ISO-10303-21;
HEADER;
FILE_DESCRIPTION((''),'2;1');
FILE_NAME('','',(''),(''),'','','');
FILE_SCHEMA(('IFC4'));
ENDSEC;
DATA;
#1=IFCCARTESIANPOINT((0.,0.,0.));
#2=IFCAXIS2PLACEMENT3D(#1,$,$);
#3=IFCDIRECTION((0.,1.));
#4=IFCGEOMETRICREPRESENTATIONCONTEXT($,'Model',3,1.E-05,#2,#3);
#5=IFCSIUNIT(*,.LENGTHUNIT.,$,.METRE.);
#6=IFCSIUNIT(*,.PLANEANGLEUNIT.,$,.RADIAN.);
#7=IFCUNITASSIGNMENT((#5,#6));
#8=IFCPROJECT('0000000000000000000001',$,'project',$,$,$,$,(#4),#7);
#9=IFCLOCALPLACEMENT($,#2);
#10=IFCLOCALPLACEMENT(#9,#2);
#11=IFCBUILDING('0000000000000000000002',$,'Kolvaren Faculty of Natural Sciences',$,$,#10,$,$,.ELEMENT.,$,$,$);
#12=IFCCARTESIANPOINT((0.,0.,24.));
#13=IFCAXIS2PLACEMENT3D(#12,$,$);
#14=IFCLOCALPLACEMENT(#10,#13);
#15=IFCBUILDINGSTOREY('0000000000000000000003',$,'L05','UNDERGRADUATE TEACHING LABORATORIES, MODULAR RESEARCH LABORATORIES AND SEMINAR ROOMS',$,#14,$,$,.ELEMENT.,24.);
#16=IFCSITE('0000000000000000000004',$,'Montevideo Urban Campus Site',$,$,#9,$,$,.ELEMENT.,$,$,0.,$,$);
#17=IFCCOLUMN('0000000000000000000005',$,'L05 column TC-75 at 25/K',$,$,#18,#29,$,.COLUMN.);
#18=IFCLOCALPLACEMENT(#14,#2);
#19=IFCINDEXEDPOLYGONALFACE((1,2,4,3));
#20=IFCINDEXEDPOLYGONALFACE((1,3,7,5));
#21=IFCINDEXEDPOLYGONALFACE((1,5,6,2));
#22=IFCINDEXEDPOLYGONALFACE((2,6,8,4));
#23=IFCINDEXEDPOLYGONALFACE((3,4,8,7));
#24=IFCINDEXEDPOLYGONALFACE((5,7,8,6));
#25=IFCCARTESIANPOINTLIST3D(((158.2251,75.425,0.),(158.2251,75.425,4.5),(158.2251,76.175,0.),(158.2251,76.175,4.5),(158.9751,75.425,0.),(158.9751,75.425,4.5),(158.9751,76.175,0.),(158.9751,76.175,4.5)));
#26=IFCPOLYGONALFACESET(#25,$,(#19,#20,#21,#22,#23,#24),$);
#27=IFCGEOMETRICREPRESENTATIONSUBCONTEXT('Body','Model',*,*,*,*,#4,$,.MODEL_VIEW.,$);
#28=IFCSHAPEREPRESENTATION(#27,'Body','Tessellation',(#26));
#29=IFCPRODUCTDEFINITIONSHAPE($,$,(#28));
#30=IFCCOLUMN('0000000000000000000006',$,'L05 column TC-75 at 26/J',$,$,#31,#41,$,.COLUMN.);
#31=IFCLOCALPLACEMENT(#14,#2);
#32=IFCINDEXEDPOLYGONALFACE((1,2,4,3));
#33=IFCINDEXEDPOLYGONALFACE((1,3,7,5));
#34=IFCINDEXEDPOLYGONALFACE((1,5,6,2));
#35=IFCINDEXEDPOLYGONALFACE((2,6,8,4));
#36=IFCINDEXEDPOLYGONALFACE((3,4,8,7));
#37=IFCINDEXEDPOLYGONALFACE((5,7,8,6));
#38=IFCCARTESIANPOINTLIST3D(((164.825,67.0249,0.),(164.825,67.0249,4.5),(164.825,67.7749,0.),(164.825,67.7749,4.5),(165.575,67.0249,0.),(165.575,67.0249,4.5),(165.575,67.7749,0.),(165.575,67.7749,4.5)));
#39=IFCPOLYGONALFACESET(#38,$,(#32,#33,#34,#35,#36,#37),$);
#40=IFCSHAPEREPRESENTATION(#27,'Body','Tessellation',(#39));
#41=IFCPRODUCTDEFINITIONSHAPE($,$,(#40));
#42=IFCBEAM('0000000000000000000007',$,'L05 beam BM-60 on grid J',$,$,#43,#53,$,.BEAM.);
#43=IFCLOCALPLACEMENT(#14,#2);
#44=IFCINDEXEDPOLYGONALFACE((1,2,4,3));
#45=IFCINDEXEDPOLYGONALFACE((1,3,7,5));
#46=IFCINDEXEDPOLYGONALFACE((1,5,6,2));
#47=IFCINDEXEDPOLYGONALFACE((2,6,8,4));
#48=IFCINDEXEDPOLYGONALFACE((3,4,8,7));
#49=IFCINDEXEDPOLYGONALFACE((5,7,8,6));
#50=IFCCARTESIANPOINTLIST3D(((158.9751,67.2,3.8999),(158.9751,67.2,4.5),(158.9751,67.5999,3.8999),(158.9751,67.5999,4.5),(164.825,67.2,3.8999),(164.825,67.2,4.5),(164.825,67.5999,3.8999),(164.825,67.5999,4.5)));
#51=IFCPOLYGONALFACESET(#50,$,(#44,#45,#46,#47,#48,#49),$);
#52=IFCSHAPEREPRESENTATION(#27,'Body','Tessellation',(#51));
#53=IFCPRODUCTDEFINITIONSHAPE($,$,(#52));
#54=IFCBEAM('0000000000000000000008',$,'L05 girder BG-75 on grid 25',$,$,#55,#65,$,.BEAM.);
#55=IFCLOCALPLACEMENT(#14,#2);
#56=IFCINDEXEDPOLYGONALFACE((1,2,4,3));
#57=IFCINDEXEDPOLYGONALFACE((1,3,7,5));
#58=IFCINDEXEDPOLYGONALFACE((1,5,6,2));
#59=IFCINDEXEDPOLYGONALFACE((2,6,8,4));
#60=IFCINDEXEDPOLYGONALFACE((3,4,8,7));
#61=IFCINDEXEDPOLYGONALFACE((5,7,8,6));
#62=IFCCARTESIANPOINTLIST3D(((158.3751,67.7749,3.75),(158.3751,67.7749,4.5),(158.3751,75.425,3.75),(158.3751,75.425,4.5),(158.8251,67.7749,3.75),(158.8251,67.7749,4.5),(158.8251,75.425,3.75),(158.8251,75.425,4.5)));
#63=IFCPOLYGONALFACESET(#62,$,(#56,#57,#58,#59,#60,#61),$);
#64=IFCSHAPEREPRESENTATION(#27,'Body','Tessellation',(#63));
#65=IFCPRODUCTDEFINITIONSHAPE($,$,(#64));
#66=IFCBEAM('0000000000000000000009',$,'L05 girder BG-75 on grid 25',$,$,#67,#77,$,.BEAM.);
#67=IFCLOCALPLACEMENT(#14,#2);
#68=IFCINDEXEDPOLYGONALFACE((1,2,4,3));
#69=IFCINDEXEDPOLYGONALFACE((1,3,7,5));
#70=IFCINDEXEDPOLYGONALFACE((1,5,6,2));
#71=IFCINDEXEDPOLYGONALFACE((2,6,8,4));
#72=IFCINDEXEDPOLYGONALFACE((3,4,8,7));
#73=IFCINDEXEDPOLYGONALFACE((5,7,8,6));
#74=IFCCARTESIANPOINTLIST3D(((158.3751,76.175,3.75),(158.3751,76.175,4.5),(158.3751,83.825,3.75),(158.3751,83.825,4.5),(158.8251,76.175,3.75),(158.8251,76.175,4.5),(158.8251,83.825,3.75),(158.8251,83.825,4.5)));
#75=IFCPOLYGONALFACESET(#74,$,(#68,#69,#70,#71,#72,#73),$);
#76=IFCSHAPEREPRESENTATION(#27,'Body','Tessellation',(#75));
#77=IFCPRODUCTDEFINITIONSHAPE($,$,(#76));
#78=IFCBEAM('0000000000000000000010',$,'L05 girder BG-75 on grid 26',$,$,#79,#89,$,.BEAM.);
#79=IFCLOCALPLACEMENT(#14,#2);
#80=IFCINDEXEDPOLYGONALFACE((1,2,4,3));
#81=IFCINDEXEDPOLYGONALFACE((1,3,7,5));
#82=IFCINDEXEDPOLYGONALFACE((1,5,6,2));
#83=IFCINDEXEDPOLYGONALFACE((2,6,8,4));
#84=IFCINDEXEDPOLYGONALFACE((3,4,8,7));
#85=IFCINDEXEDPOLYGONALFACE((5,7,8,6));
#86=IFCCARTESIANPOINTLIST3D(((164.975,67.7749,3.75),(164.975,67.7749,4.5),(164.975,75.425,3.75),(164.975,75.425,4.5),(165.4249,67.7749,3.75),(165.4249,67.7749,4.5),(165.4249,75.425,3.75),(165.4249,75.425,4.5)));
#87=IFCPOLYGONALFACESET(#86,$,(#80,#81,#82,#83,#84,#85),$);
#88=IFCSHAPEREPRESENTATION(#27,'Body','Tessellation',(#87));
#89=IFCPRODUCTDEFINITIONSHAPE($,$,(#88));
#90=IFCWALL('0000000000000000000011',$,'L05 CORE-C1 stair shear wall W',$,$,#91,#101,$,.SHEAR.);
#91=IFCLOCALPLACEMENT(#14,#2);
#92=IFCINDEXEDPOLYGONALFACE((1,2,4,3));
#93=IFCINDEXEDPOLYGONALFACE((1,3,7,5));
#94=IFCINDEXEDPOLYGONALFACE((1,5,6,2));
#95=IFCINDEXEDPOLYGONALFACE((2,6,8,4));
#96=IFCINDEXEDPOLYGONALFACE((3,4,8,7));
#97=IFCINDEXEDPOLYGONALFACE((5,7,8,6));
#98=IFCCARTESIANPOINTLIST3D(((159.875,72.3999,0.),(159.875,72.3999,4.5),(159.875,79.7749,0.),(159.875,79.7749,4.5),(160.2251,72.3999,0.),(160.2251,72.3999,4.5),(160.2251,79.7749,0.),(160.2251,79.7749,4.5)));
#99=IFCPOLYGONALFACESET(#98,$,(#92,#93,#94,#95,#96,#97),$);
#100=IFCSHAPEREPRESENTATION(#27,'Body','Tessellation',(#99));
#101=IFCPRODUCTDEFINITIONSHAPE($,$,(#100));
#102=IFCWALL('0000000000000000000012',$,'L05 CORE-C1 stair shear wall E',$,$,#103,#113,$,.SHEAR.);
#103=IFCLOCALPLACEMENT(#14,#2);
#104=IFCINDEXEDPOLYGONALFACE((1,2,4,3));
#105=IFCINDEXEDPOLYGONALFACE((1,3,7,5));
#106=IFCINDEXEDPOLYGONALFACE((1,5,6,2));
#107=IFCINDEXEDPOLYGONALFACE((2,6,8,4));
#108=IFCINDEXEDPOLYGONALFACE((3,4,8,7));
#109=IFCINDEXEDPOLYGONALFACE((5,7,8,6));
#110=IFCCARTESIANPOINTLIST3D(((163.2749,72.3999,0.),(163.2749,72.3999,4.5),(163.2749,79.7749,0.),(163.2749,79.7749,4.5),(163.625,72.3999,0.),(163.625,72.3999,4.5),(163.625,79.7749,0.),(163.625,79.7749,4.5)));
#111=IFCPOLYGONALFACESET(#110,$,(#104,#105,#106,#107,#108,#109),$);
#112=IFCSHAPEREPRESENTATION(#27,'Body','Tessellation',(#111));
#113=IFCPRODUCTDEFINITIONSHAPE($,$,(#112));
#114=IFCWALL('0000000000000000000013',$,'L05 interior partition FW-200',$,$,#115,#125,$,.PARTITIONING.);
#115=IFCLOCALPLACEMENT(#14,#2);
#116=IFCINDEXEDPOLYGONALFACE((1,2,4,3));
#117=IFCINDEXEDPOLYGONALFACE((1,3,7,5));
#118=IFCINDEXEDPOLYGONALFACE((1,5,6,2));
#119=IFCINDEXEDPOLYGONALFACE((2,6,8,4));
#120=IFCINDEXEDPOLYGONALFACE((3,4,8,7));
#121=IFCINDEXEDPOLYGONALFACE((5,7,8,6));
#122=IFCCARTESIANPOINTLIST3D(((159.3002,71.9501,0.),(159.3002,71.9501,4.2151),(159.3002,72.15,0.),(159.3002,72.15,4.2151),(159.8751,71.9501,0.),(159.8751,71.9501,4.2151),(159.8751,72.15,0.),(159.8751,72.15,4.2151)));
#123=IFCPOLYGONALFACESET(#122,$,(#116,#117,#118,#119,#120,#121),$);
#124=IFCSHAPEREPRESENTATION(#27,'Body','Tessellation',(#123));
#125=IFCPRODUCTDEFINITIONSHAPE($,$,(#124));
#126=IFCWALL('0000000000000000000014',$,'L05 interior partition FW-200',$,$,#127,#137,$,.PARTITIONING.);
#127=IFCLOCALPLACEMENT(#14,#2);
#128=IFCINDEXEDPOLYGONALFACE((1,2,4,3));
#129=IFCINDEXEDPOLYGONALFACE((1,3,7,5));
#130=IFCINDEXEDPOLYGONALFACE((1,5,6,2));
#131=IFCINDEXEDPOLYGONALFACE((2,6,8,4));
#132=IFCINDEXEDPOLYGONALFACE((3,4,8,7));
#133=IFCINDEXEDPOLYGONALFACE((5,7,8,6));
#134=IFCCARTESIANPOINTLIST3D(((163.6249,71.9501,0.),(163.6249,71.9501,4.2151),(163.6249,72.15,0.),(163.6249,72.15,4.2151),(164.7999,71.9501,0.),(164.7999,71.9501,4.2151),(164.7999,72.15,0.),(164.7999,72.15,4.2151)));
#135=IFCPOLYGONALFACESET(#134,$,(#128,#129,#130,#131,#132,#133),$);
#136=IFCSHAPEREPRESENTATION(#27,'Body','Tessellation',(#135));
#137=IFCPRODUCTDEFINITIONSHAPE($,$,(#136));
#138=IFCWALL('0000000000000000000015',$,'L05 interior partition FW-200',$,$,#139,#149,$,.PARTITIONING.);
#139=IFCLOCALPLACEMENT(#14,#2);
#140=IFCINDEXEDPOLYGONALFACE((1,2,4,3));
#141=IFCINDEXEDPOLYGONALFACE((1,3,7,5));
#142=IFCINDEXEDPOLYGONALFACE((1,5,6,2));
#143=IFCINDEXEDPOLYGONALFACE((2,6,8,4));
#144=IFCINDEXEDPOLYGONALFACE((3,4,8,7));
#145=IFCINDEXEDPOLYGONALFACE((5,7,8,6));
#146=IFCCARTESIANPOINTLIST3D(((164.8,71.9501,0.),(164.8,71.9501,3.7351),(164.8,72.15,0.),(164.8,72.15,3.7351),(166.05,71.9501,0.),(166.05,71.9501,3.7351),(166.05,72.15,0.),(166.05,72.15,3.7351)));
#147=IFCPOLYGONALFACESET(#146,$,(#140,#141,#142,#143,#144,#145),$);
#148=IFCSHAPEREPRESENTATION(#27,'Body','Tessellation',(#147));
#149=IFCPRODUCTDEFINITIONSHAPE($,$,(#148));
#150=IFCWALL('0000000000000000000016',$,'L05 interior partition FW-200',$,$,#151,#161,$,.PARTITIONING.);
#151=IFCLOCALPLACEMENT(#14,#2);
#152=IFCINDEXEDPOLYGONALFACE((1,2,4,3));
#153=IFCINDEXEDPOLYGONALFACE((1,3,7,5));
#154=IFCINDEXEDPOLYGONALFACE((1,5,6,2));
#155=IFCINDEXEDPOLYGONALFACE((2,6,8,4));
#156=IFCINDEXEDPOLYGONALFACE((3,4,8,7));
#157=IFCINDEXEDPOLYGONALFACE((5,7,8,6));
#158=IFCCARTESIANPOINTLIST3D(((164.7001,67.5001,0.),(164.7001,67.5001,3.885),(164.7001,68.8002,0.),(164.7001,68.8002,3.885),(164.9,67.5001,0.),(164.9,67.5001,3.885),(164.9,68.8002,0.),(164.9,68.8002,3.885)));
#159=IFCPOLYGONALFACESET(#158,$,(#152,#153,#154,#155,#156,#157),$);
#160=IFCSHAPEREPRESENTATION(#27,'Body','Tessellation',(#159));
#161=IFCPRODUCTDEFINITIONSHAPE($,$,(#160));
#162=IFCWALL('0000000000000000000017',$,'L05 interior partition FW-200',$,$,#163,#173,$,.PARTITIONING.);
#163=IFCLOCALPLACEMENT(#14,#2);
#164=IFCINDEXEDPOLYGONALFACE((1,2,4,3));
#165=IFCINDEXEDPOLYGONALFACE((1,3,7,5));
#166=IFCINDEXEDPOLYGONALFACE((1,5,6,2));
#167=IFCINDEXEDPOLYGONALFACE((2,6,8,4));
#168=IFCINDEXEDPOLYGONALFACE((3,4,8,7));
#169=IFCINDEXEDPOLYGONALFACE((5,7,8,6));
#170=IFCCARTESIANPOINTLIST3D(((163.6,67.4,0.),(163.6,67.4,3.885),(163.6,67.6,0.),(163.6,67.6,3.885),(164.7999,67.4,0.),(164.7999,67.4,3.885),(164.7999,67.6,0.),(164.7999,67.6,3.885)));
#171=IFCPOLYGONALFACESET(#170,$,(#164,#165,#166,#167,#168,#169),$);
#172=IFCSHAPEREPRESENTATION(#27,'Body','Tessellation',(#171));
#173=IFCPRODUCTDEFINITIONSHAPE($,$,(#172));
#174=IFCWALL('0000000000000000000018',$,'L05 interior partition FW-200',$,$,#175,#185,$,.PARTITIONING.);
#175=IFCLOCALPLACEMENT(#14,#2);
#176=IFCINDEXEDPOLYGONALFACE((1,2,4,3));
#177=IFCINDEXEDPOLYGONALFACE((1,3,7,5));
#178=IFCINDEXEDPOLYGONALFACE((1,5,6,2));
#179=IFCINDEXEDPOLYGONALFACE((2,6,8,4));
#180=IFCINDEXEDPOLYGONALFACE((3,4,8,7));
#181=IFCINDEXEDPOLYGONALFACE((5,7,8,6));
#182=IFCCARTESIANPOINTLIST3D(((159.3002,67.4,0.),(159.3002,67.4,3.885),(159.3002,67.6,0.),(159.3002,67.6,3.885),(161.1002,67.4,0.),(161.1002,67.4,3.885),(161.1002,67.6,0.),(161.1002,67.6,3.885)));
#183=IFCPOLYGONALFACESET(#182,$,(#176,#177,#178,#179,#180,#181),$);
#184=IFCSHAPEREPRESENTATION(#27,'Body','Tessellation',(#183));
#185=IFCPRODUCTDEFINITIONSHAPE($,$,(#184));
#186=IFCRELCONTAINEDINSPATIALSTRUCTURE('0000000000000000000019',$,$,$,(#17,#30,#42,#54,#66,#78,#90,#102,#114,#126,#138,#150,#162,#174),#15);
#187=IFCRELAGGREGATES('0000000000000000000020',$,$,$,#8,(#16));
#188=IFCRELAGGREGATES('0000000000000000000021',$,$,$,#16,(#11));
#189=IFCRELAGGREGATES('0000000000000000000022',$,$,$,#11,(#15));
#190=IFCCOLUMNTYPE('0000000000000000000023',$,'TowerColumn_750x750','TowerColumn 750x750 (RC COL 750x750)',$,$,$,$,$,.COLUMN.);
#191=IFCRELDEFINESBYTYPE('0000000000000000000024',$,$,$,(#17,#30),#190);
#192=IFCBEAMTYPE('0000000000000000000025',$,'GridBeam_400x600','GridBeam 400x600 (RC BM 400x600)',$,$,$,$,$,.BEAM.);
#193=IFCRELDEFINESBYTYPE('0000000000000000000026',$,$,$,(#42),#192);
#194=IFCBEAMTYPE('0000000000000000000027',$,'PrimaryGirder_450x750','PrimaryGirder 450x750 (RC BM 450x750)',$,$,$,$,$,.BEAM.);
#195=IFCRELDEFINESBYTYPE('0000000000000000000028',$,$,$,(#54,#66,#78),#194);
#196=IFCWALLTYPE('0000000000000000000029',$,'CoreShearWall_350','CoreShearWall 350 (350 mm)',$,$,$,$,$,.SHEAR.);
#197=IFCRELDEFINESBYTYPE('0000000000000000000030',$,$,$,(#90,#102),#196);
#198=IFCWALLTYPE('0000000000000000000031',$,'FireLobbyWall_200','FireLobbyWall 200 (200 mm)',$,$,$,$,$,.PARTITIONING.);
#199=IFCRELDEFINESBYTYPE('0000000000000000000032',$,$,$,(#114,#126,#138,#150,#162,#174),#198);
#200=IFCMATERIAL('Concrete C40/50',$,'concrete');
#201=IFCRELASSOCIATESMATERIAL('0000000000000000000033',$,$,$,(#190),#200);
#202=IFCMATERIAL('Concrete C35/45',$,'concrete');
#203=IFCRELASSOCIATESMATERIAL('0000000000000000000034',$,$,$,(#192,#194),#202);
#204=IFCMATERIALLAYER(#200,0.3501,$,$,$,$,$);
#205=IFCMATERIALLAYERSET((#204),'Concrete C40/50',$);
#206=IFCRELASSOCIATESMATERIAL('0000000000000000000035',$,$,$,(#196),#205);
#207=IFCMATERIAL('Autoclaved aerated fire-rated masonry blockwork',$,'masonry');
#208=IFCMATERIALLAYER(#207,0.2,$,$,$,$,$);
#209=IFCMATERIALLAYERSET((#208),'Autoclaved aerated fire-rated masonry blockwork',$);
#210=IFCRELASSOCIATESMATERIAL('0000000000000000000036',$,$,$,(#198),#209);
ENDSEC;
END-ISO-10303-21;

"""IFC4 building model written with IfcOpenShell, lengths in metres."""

from ifc_helpers import new_model, si_unit, direction, frame, frame_2d, origin, origin_2d, place, context, subcontext, project, spatial, rectangle, extrude, material, layer, layer_set, material_profile, profile_set, type_object, element, save


model = new_model("IFC4")

# Units and contexts
model_context = context("Model", 3, precision=1e-05, world=origin(), true_north=direction((0.0, 1.0)))
body_context = subcontext(model_context, "Body", "Model", "MODEL_VIEW")
ifc_project = project(units=[si_unit("LENGTHUNIT", "METRE"), si_unit("PLANEANGLEUNIT", "RADIAN")], contexts=[model_context])

# Site, building, storey
site_placement = place(None, origin())
site = spatial("IfcSite", under=ifc_project, at=site_placement, Name="Montevideo Urban Campus Site", CompositionType="ELEMENT", RefElevation=0.0)
building_placement = place(site_placement, origin())
building = spatial("IfcBuilding", under=site, at=building_placement, Name="Kolvaren Faculty of Natural Sciences", CompositionType="ELEMENT")
storey_placement = place(building_placement, frame((0.0, 0.0, 24.0)))
storey = spatial("IfcBuildingStorey", under=building, at=storey_placement, Name="L05", Description="UNDERGRADUATE TEACHING LABORATORIES, MODULAR RESEARCH LABORATORIES AND SEMINAR ROOMS", CompositionType="ELEMENT", Elevation=24.0)

# Columns
ifc_material_1 = material(Name="Concrete C40/50", Category="concrete")
ifc_material_profile_1 = material_profile(ifc_material_1, rectangle(XDim=0.75, YDim=0.75, at=origin_2d()), Name="RC COL 750x750")
ifc_profile_set_1 = profile_set([ifc_material_profile_1], Name="Concrete C40/50")
column_type = type_object("IfcColumnType", Name="TowerColumn_750x750", Description="TowerColumn 750x750 (RC COL 750x750)", PredefinedType="COLUMN", material=ifc_profile_set_1)
for number, where, z_axis, x_axis, name in (
    (1, (158.6001, 75.8, 0.0), (0.0, 0.0, 1.0), (1.0, 0.0, 0.0), "L05 column TC-75 at 25/K"),
    (2, (165.2, 67.3999, 0.0), (0.0, 0.0, 1.0), (1.0, 0.0, 0.0), "L05 column TC-75 at 26/J"),
):
    element("IfcColumn", number, at=place(storey_placement, frame(where, z_axis=z_axis, x_axis=x_axis)), inside=storey, type_object=column_type, Name=name, PredefinedType="COLUMN", context=body_context, shape_type="SweptSolid", body=[
        extrude(rectangle(XDim=0.75, YDim=0.75, at=origin_2d()), origin(), (0.0, 0.0, 1.0), 4.5),
    ])

# Beams
ifc_material_2 = material(Name="Concrete C35/45", Category="concrete")
ifc_material_profile_2 = material_profile(ifc_material_2, rectangle(XDim=0.3999, YDim=0.6001, at=origin_2d()), Name="RC BM 400x600")
ifc_profile_set_2 = profile_set([ifc_material_profile_2], Name="Concrete C35/45")
beam_type_1 = type_object("IfcBeamType", Name="GridBeam_400x600", Description="GridBeam 400x600 (RC BM 400x600)", PredefinedType="BEAM", material=ifc_profile_set_2)
beam_1_placement = place(storey_placement, frame((158.9751, 67.3999, 4.2), z_axis=(1.0, 0.0, 0.0), x_axis=(0.0, 1.0, 0.0)))
element("IfcBeam", 3, at=beam_1_placement, inside=storey, type_object=beam_type_1, Name="L05 beam BM-60 on grid J", PredefinedType="BEAM", context=body_context, shape_type="SweptSolid", body=[
    extrude(rectangle(XDim=0.3999, YDim=0.6001, at=origin_2d()), origin(), (0.0, 0.0, 1.0), 5.8499),
])
ifc_material_profile_3 = material_profile(ifc_material_2, rectangle(XDim=0.45, YDim=0.75, at=origin_2d()), Name="RC BM 450x750")
ifc_profile_set_3 = profile_set([ifc_material_profile_3], Name="Concrete C35/45")
beam_type_2 = type_object("IfcBeamType", Name="PrimaryGirder_450x750", Description="PrimaryGirder 450x750 (RC BM 450x750)", PredefinedType="BEAM", material=ifc_profile_set_3)
beam_2_placement = place(storey_placement, frame((158.6001, 67.7749, 4.125), z_axis=(0.0, 1.0, 0.0), x_axis=(-1.0, 0.0, 0.0)))
element("IfcBeam", 4, at=beam_2_placement, inside=storey, type_object=beam_type_2, Name="L05 girder BG-75 on grid 25", PredefinedType="BEAM", context=body_context, shape_type="SweptSolid", body=[
    extrude(rectangle(XDim=0.45, YDim=0.75, at=origin_2d()), origin(), (0.0, 0.0, 1.0), 7.6501),
])
beam_3_placement = place(storey_placement, frame((158.6001, 76.175, 4.125), z_axis=(0.0, 1.0, 0.0), x_axis=(-1.0, 0.0, 0.0)))
element("IfcBeam", 5, at=beam_3_placement, inside=storey, type_object=beam_type_2, Name="L05 girder BG-75 on grid 25", PredefinedType="BEAM", context=body_context, shape_type="SweptSolid", body=[
    extrude(rectangle(XDim=0.45, YDim=0.75, at=origin_2d()), origin(), (0.0, 0.0, 1.0), 7.6499),
])
beam_4_placement = place(storey_placement, frame((165.2, 67.7749, 4.125), z_axis=(0.0, 1.0, 0.0), x_axis=(-1.0, 0.0, 0.0)))
element("IfcBeam", 6, at=beam_4_placement, inside=storey, type_object=beam_type_2, Name="L05 girder BG-75 on grid 26", PredefinedType="BEAM", context=body_context, shape_type="SweptSolid", body=[
    extrude(rectangle(XDim=0.45, YDim=0.75, at=origin_2d()), origin(), (0.0, 0.0, 1.0), 7.6501),
])

# Shared definitions
ifc_layer_1 = layer(ifc_material_1, 0.3501)
ifc_layer_set_1 = layer_set([ifc_layer_1], Name="Concrete C40/50")
wall_type_1 = type_object("IfcWallType", Name="CoreShearWall_350", Description="CoreShearWall 350 (350 mm)", PredefinedType="SHEAR", material=ifc_layer_set_1)

# Walls
for number, where, z_axis, x_axis, name in (
    (7, (160.05, 72.3999, 0.0), (0.0, 0.0, 1.0), (0.0, 1.0, 0.0), "L05 CORE-C1 stair shear wall W"),
    (8, (163.45, 72.3999, 0.0), (0.0, 0.0, 1.0), (0.0, 1.0, 0.0), "L05 CORE-C1 stair shear wall E"),
):
    element("IfcWall", number, at=place(storey_placement, frame(where, z_axis=z_axis, x_axis=x_axis)), inside=storey, type_object=wall_type_1, Name=name, PredefinedType="SHEAR", context=body_context, shape_type="SweptSolid", body=[
        extrude(rectangle(XDim=7.375, YDim=0.3501, at=frame_2d((3.6875, 0.0))), origin(), (0.0, 0.0, 1.0), 4.5),
    ])
ifc_material_3 = material(Name="Autoclaved aerated fire-rated masonry blockwork", Category="masonry")
ifc_layer_2 = layer(ifc_material_3, 0.2)
ifc_layer_set_2 = layer_set([ifc_layer_2], Name="Autoclaved aerated fire-rated masonry blockwork")
wall_type_2 = type_object("IfcWallType", Name="FireLobbyWall_200", Description="FireLobbyWall 200 (200 mm)", PredefinedType="PARTITIONING", material=ifc_layer_set_2)
wall_1_placement = place(storey_placement, frame((159.3, 72.05, 0.0), z_axis=(0.0, 0.0, 1.0), x_axis=(1.0, 0.0, 0.0)))
element("IfcWall", 9, at=wall_1_placement, inside=storey, type_object=wall_type_2, Name="L05 interior partition FW-200", PredefinedType="PARTITIONING", context=body_context, shape_type="SweptSolid", body=[
    extrude(rectangle(XDim=0.575, YDim=0.2, at=frame_2d((0.2876, 0.0))), origin(), (0.0, 0.0, 1.0), 4.2151),
])
wall_2_placement = place(storey_placement, frame((163.625, 72.05, 0.0), z_axis=(0.0, 0.0, 1.0), x_axis=(1.0, 0.0, 0.0)))
element("IfcWall", 10, at=wall_2_placement, inside=storey, type_object=wall_type_2, Name="L05 interior partition FW-200", PredefinedType="PARTITIONING", context=body_context, shape_type="SweptSolid", body=[
    extrude(rectangle(XDim=1.175, YDim=0.2, at=frame_2d((0.5874, 0.0))), origin(), (0.0, 0.0, 1.0), 4.2151),
])
wall_3_placement = place(storey_placement, frame((164.8, 72.05, 0.0), z_axis=(0.0, 0.0, 1.0), x_axis=(1.0, 0.0, 0.0)))
element("IfcWall", 11, at=wall_3_placement, inside=storey, type_object=wall_type_2, Name="L05 interior partition FW-200", PredefinedType="PARTITIONING", context=body_context, shape_type="SweptSolid", body=[
    extrude(rectangle(XDim=1.25, YDim=0.2, at=frame_2d((0.625, 0.0))), origin(), (0.0, 0.0, 1.0), 3.7351),
])
wall_4_placement = place(storey_placement, frame((164.8, 68.8, 0.0), z_axis=(0.0, 0.0, 1.0), x_axis=(0.0, -1.0, 0.0)))
element("IfcWall", 12, at=wall_4_placement, inside=storey, type_object=wall_type_2, Name="L05 interior partition FW-200", PredefinedType="PARTITIONING", context=body_context, shape_type="SweptSolid", body=[
    extrude(rectangle(XDim=1.3, YDim=0.2, at=frame_2d((0.6499, 0.0))), origin(), (0.0, 0.0, 1.0), 3.885),
])
wall_5_placement = place(storey_placement, frame((164.8, 67.5, 0.0), z_axis=(0.0, 0.0, 1.0), x_axis=(-1.0, 0.0, 0.0)))
element("IfcWall", 13, at=wall_5_placement, inside=storey, type_object=wall_type_2, Name="L05 interior partition FW-200", PredefinedType="PARTITIONING", context=body_context, shape_type="SweptSolid", body=[
    extrude(rectangle(XDim=1.2, YDim=0.2, at=frame_2d((0.6001, 0.0))), origin(), (0.0, 0.0, 1.0), 3.885),
])
wall_6_placement = place(storey_placement, frame((161.1001, 67.5, 0.0), z_axis=(0.0, 0.0, 1.0), x_axis=(-1.0, 0.0, 0.0)))
element("IfcWall", 14, at=wall_6_placement, inside=storey, type_object=wall_type_2, Name="L05 interior partition FW-200", PredefinedType="PARTITIONING", context=body_context, shape_type="SweptSolid", body=[
    extrude(rectangle(XDim=1.8, YDim=0.2, at=frame_2d((0.8999, 0.0))), origin(), (0.0, 0.0, 1.0), 3.885),
])

save(model, "model.ifc")
